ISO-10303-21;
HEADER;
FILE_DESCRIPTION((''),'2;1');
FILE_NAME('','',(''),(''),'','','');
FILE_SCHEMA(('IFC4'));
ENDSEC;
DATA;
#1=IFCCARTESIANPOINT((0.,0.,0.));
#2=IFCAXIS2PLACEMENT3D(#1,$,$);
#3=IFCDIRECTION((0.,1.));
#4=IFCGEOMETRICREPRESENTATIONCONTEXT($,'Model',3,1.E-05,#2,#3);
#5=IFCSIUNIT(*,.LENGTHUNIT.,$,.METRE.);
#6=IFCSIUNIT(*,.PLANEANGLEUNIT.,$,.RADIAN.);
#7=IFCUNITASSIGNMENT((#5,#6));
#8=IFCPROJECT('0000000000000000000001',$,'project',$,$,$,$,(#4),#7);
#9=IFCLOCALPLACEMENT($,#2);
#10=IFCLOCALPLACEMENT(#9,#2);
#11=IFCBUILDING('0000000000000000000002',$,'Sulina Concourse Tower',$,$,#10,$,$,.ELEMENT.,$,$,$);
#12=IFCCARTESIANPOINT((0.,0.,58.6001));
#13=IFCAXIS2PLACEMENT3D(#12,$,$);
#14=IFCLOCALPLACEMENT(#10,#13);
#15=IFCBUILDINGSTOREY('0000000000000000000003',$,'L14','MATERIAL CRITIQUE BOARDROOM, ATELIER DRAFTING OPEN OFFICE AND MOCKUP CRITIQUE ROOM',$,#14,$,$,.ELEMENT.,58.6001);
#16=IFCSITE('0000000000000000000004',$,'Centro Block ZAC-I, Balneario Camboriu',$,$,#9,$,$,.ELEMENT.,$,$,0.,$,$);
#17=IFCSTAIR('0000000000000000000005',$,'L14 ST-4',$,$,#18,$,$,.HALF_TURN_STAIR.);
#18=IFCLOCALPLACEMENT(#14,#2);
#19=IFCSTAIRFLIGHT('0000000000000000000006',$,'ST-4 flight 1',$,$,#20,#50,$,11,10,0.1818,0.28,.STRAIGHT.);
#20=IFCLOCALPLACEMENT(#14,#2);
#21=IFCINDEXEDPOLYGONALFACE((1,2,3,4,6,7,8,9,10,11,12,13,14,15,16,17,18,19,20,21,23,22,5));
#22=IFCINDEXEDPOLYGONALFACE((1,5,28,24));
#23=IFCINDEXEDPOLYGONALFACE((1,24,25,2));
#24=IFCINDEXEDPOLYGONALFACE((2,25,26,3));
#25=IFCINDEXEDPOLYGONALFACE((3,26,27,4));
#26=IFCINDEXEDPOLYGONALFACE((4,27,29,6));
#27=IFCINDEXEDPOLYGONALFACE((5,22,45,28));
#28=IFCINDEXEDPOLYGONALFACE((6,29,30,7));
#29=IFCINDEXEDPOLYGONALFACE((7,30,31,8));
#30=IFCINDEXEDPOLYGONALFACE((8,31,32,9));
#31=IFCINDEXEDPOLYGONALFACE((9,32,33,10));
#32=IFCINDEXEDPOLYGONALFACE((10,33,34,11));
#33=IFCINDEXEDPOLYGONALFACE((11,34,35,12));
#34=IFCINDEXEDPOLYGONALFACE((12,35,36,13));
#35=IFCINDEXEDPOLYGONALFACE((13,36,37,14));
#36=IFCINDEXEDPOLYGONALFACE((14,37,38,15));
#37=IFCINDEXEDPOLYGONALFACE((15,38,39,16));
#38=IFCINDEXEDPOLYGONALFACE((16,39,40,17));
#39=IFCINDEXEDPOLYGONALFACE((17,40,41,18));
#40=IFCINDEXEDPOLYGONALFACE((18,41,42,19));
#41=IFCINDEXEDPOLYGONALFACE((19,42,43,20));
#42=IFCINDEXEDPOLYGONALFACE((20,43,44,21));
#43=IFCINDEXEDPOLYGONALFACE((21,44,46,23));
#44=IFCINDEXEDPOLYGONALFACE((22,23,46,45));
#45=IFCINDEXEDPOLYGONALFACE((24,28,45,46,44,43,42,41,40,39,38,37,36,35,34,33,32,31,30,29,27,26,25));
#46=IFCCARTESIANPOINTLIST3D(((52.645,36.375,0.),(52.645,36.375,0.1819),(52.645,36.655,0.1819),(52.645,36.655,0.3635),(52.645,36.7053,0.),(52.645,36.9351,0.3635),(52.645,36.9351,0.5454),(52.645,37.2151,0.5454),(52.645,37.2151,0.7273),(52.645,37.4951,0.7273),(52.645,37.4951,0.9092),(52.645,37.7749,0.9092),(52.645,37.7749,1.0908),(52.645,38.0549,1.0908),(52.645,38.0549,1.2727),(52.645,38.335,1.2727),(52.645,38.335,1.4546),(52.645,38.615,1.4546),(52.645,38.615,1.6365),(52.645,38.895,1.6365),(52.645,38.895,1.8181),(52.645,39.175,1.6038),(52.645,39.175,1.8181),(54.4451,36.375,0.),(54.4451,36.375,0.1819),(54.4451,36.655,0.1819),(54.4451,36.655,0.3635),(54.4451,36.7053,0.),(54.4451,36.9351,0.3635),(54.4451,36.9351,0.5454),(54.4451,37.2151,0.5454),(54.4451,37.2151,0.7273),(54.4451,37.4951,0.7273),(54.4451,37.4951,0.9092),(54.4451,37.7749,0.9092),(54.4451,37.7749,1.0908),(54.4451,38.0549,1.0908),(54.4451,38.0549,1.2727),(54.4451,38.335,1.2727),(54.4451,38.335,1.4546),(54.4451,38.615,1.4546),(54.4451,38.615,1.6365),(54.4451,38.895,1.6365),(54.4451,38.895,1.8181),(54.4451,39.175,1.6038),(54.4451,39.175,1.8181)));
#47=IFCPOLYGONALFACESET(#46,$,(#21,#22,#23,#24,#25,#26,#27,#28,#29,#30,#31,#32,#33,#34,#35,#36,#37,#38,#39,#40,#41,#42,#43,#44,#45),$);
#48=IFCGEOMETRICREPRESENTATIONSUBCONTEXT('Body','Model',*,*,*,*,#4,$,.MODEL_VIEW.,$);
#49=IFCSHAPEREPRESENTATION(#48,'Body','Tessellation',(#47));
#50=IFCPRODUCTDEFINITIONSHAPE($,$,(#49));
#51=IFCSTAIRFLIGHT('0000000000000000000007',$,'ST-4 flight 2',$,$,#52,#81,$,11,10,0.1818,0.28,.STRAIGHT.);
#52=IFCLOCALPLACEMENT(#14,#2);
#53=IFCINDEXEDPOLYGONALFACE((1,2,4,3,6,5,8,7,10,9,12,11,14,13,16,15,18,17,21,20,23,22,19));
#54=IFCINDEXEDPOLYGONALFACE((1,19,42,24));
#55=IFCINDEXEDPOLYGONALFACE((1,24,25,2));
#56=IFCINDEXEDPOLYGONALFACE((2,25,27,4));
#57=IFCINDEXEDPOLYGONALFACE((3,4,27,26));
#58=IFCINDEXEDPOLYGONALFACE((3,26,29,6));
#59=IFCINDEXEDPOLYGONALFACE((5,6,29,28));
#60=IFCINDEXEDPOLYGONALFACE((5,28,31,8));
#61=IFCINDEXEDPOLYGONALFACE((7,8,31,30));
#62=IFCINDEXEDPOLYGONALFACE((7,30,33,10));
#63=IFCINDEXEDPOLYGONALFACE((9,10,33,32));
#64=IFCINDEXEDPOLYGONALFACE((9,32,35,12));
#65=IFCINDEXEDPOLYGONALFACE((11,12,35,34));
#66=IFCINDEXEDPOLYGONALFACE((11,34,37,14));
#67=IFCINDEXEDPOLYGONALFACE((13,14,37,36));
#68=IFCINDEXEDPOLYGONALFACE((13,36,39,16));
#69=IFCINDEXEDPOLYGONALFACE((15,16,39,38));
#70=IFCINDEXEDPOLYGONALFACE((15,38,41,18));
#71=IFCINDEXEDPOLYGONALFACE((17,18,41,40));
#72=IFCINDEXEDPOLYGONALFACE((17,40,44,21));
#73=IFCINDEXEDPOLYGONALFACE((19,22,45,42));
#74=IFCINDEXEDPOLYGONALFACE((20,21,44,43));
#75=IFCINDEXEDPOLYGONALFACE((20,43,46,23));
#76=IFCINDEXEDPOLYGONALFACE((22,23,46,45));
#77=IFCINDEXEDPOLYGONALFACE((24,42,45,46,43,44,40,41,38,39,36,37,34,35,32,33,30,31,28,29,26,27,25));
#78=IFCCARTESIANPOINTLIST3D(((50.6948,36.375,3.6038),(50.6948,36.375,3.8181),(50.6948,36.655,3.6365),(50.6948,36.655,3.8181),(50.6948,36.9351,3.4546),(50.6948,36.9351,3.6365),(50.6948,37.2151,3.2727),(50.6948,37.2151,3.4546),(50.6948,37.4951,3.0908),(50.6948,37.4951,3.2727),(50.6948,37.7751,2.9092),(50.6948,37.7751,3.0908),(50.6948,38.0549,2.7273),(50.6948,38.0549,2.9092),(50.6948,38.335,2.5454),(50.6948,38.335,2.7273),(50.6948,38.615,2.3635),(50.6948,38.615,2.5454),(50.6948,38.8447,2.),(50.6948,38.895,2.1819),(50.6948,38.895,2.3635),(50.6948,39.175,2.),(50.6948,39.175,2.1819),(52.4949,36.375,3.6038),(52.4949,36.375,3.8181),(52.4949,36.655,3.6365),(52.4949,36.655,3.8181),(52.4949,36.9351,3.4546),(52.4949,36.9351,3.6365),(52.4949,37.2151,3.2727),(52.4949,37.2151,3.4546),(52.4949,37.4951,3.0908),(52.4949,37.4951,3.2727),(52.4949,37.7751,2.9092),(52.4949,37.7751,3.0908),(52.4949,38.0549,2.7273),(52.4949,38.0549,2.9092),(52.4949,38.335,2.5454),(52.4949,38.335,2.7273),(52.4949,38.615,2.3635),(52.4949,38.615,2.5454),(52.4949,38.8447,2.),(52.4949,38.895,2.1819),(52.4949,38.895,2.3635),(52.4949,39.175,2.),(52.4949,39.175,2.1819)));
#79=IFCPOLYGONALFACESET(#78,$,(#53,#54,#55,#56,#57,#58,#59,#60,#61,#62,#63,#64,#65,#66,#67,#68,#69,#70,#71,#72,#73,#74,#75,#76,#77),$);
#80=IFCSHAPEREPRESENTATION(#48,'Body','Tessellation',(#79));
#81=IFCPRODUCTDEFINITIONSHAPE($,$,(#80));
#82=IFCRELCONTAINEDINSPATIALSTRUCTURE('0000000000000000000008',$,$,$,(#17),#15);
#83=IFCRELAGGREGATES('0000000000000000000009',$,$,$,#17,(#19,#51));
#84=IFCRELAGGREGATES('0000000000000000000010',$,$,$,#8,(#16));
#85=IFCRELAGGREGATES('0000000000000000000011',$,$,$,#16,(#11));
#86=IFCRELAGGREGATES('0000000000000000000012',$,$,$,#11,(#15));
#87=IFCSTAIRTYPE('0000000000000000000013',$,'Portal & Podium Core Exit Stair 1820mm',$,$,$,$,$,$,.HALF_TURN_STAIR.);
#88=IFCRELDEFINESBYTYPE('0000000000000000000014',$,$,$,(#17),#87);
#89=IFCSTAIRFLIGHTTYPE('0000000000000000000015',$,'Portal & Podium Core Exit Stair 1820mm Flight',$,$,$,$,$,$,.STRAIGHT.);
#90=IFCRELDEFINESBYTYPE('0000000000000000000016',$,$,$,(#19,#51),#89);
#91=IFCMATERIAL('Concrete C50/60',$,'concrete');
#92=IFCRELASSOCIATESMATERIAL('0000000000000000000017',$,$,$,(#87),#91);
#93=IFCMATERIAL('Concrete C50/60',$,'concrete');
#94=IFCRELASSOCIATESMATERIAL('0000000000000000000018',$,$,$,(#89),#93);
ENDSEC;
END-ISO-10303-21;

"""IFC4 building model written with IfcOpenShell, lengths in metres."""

from ifc_helpers import new_model, si_unit, direction, frame, origin, place, context, subcontext, project, spatial, polyline, outline, extrude, material, type_object, element, aggregate, save


model = new_model("IFC4")

# Units and contexts
model_context = context("Model", 3, precision=1e-05, world=origin(), true_north=direction((0.0, 1.0)))
body_context = subcontext(model_context, "Body", "Model", "MODEL_VIEW")
ifc_project = project(units=[si_unit("LENGTHUNIT", "METRE"), si_unit("PLANEANGLEUNIT", "RADIAN")], contexts=[model_context])

# Site, building, storey
site_placement = place(None, origin())
site = spatial("IfcSite", under=ifc_project, at=site_placement, Name="Centro Block ZAC-I, Balneario Camboriu", CompositionType="ELEMENT", RefElevation=0.0)
building_placement = place(site_placement, origin())
building = spatial("IfcBuilding", under=site, at=building_placement, Name="Sulina Concourse Tower", CompositionType="ELEMENT")
storey_placement = place(building_placement, frame((0.0, 0.0, 58.6001)))
storey = spatial("IfcBuildingStorey", under=building, at=storey_placement, Name="L14", Description="MATERIAL CRITIQUE BOARDROOM, ATELIER DRAFTING OPEN OFFICE AND MOCKUP CRITIQUE ROOM", CompositionType="ELEMENT", Elevation=58.6001)

# Stair, stair flights
ifc_material_1 = material(Name="Concrete C50/60", Category="concrete")
stair_type = type_object("IfcStairType", Name="Portal & Podium Core Exit Stair 1820mm", PredefinedType="HALF_TURN_STAIR", material=ifc_material_1)
stair_placement = place(storey_placement, origin())
stair = element("IfcStair", 1, at=stair_placement, inside=storey, type_object=stair_type, Name="L14 ST-4", PredefinedType="HALF_TURN_STAIR")
ifc_material_2 = material(Name="Concrete C50/60", Category="concrete")
stair_flight_type = type_object("IfcStairFlightType", Name="Portal & Podium Core Exit Stair 1820mm Flight", PredefinedType="STRAIGHT", material=ifc_material_2)
stair_flight_1_placement = place(storey_placement, frame((53.5449, 36.375, 0.0), z_axis=(0.0, 0.0, 1.0), x_axis=(0.0, 1.0, 0.0)))
stair_flight_1 = element("IfcStairFlight", 2, at=stair_flight_1_placement, type_object=stair_flight_type, Name="ST-4 flight 1", NumberOfRisers=11, NumberOfTreads=10, PredefinedType="STRAIGHT", RiserHeight=0.1818, TreadLength=0.28, context=body_context, shape_type="SweptSolid", body=[
    extrude(outline(polyline([(0.0, 0.0), (0.0, 0.1819), (0.28, 0.1819), (0.28, 0.3635), (0.5601, 0.3635), (0.5601, 0.5454), (0.8401, 0.5454), (0.8401, 0.7273), (1.1201, 0.7273), (1.1201, 0.9092), (1.3999, 0.9092), (1.3999, 1.0908), (1.6799, 1.0908), (1.6799, 1.2727), (1.96, 1.2727), (1.96, 1.4546), (2.24, 1.4546), (2.24, 1.6365), (2.52, 1.6365), (2.52, 1.8181), (2.8, 1.8181), (2.8, 2.0), (2.8, 1.6038), (0.3303, 0.0), (0.0, 0.0)])), frame((0.0, 0.8999, 0.0), z_axis=(0.0, -1.0, 0.0), x_axis=(1.0, 0.0, 0.0)), (0.0, 0.0, 1.0), 1.8),
])
stair_flight_2_placement = place(storey_placement, frame((51.595, 39.175, 2.0), z_axis=(0.0, 0.0, 1.0), x_axis=(0.0, -1.0, 0.0)))
stair_flight_2 = element("IfcStairFlight", 3, at=stair_flight_2_placement, type_object=stair_flight_type, Name="ST-4 flight 2", NumberOfRisers=11, NumberOfTreads=10, PredefinedType="STRAIGHT", RiserHeight=0.1818, TreadLength=0.28, context=body_context, shape_type="SweptSolid", body=[
    extrude(outline(polyline([(0.0, 0.0), (0.0, 0.1819), (0.28, 0.1819), (0.28, 0.3635), (0.5601, 0.3635), (0.5601, 0.5454), (0.8401, 0.5454), (0.8401, 0.7273), (1.1201, 0.7273), (1.1201, 0.9092), (1.3999, 0.9092), (1.3999, 1.0908), (1.6799, 1.0908), (1.6799, 1.2727), (1.96, 1.2727), (1.96, 1.4546), (2.24, 1.4546), (2.24, 1.6365), (2.52, 1.6365), (2.52, 1.8181), (2.8, 1.8181), (2.8, 2.0), (2.8, 1.6038), (0.3303, 0.0), (0.0, 0.0)])), frame((0.0, 0.8999, 0.0), z_axis=(0.0, -1.0, 0.0), x_axis=(1.0, 0.0, 0.0)), (0.0, 0.0, 1.0), 1.8),
])
aggregate(stair, [stair_flight_1, stair_flight_2])

save(model, "model.ifc")
